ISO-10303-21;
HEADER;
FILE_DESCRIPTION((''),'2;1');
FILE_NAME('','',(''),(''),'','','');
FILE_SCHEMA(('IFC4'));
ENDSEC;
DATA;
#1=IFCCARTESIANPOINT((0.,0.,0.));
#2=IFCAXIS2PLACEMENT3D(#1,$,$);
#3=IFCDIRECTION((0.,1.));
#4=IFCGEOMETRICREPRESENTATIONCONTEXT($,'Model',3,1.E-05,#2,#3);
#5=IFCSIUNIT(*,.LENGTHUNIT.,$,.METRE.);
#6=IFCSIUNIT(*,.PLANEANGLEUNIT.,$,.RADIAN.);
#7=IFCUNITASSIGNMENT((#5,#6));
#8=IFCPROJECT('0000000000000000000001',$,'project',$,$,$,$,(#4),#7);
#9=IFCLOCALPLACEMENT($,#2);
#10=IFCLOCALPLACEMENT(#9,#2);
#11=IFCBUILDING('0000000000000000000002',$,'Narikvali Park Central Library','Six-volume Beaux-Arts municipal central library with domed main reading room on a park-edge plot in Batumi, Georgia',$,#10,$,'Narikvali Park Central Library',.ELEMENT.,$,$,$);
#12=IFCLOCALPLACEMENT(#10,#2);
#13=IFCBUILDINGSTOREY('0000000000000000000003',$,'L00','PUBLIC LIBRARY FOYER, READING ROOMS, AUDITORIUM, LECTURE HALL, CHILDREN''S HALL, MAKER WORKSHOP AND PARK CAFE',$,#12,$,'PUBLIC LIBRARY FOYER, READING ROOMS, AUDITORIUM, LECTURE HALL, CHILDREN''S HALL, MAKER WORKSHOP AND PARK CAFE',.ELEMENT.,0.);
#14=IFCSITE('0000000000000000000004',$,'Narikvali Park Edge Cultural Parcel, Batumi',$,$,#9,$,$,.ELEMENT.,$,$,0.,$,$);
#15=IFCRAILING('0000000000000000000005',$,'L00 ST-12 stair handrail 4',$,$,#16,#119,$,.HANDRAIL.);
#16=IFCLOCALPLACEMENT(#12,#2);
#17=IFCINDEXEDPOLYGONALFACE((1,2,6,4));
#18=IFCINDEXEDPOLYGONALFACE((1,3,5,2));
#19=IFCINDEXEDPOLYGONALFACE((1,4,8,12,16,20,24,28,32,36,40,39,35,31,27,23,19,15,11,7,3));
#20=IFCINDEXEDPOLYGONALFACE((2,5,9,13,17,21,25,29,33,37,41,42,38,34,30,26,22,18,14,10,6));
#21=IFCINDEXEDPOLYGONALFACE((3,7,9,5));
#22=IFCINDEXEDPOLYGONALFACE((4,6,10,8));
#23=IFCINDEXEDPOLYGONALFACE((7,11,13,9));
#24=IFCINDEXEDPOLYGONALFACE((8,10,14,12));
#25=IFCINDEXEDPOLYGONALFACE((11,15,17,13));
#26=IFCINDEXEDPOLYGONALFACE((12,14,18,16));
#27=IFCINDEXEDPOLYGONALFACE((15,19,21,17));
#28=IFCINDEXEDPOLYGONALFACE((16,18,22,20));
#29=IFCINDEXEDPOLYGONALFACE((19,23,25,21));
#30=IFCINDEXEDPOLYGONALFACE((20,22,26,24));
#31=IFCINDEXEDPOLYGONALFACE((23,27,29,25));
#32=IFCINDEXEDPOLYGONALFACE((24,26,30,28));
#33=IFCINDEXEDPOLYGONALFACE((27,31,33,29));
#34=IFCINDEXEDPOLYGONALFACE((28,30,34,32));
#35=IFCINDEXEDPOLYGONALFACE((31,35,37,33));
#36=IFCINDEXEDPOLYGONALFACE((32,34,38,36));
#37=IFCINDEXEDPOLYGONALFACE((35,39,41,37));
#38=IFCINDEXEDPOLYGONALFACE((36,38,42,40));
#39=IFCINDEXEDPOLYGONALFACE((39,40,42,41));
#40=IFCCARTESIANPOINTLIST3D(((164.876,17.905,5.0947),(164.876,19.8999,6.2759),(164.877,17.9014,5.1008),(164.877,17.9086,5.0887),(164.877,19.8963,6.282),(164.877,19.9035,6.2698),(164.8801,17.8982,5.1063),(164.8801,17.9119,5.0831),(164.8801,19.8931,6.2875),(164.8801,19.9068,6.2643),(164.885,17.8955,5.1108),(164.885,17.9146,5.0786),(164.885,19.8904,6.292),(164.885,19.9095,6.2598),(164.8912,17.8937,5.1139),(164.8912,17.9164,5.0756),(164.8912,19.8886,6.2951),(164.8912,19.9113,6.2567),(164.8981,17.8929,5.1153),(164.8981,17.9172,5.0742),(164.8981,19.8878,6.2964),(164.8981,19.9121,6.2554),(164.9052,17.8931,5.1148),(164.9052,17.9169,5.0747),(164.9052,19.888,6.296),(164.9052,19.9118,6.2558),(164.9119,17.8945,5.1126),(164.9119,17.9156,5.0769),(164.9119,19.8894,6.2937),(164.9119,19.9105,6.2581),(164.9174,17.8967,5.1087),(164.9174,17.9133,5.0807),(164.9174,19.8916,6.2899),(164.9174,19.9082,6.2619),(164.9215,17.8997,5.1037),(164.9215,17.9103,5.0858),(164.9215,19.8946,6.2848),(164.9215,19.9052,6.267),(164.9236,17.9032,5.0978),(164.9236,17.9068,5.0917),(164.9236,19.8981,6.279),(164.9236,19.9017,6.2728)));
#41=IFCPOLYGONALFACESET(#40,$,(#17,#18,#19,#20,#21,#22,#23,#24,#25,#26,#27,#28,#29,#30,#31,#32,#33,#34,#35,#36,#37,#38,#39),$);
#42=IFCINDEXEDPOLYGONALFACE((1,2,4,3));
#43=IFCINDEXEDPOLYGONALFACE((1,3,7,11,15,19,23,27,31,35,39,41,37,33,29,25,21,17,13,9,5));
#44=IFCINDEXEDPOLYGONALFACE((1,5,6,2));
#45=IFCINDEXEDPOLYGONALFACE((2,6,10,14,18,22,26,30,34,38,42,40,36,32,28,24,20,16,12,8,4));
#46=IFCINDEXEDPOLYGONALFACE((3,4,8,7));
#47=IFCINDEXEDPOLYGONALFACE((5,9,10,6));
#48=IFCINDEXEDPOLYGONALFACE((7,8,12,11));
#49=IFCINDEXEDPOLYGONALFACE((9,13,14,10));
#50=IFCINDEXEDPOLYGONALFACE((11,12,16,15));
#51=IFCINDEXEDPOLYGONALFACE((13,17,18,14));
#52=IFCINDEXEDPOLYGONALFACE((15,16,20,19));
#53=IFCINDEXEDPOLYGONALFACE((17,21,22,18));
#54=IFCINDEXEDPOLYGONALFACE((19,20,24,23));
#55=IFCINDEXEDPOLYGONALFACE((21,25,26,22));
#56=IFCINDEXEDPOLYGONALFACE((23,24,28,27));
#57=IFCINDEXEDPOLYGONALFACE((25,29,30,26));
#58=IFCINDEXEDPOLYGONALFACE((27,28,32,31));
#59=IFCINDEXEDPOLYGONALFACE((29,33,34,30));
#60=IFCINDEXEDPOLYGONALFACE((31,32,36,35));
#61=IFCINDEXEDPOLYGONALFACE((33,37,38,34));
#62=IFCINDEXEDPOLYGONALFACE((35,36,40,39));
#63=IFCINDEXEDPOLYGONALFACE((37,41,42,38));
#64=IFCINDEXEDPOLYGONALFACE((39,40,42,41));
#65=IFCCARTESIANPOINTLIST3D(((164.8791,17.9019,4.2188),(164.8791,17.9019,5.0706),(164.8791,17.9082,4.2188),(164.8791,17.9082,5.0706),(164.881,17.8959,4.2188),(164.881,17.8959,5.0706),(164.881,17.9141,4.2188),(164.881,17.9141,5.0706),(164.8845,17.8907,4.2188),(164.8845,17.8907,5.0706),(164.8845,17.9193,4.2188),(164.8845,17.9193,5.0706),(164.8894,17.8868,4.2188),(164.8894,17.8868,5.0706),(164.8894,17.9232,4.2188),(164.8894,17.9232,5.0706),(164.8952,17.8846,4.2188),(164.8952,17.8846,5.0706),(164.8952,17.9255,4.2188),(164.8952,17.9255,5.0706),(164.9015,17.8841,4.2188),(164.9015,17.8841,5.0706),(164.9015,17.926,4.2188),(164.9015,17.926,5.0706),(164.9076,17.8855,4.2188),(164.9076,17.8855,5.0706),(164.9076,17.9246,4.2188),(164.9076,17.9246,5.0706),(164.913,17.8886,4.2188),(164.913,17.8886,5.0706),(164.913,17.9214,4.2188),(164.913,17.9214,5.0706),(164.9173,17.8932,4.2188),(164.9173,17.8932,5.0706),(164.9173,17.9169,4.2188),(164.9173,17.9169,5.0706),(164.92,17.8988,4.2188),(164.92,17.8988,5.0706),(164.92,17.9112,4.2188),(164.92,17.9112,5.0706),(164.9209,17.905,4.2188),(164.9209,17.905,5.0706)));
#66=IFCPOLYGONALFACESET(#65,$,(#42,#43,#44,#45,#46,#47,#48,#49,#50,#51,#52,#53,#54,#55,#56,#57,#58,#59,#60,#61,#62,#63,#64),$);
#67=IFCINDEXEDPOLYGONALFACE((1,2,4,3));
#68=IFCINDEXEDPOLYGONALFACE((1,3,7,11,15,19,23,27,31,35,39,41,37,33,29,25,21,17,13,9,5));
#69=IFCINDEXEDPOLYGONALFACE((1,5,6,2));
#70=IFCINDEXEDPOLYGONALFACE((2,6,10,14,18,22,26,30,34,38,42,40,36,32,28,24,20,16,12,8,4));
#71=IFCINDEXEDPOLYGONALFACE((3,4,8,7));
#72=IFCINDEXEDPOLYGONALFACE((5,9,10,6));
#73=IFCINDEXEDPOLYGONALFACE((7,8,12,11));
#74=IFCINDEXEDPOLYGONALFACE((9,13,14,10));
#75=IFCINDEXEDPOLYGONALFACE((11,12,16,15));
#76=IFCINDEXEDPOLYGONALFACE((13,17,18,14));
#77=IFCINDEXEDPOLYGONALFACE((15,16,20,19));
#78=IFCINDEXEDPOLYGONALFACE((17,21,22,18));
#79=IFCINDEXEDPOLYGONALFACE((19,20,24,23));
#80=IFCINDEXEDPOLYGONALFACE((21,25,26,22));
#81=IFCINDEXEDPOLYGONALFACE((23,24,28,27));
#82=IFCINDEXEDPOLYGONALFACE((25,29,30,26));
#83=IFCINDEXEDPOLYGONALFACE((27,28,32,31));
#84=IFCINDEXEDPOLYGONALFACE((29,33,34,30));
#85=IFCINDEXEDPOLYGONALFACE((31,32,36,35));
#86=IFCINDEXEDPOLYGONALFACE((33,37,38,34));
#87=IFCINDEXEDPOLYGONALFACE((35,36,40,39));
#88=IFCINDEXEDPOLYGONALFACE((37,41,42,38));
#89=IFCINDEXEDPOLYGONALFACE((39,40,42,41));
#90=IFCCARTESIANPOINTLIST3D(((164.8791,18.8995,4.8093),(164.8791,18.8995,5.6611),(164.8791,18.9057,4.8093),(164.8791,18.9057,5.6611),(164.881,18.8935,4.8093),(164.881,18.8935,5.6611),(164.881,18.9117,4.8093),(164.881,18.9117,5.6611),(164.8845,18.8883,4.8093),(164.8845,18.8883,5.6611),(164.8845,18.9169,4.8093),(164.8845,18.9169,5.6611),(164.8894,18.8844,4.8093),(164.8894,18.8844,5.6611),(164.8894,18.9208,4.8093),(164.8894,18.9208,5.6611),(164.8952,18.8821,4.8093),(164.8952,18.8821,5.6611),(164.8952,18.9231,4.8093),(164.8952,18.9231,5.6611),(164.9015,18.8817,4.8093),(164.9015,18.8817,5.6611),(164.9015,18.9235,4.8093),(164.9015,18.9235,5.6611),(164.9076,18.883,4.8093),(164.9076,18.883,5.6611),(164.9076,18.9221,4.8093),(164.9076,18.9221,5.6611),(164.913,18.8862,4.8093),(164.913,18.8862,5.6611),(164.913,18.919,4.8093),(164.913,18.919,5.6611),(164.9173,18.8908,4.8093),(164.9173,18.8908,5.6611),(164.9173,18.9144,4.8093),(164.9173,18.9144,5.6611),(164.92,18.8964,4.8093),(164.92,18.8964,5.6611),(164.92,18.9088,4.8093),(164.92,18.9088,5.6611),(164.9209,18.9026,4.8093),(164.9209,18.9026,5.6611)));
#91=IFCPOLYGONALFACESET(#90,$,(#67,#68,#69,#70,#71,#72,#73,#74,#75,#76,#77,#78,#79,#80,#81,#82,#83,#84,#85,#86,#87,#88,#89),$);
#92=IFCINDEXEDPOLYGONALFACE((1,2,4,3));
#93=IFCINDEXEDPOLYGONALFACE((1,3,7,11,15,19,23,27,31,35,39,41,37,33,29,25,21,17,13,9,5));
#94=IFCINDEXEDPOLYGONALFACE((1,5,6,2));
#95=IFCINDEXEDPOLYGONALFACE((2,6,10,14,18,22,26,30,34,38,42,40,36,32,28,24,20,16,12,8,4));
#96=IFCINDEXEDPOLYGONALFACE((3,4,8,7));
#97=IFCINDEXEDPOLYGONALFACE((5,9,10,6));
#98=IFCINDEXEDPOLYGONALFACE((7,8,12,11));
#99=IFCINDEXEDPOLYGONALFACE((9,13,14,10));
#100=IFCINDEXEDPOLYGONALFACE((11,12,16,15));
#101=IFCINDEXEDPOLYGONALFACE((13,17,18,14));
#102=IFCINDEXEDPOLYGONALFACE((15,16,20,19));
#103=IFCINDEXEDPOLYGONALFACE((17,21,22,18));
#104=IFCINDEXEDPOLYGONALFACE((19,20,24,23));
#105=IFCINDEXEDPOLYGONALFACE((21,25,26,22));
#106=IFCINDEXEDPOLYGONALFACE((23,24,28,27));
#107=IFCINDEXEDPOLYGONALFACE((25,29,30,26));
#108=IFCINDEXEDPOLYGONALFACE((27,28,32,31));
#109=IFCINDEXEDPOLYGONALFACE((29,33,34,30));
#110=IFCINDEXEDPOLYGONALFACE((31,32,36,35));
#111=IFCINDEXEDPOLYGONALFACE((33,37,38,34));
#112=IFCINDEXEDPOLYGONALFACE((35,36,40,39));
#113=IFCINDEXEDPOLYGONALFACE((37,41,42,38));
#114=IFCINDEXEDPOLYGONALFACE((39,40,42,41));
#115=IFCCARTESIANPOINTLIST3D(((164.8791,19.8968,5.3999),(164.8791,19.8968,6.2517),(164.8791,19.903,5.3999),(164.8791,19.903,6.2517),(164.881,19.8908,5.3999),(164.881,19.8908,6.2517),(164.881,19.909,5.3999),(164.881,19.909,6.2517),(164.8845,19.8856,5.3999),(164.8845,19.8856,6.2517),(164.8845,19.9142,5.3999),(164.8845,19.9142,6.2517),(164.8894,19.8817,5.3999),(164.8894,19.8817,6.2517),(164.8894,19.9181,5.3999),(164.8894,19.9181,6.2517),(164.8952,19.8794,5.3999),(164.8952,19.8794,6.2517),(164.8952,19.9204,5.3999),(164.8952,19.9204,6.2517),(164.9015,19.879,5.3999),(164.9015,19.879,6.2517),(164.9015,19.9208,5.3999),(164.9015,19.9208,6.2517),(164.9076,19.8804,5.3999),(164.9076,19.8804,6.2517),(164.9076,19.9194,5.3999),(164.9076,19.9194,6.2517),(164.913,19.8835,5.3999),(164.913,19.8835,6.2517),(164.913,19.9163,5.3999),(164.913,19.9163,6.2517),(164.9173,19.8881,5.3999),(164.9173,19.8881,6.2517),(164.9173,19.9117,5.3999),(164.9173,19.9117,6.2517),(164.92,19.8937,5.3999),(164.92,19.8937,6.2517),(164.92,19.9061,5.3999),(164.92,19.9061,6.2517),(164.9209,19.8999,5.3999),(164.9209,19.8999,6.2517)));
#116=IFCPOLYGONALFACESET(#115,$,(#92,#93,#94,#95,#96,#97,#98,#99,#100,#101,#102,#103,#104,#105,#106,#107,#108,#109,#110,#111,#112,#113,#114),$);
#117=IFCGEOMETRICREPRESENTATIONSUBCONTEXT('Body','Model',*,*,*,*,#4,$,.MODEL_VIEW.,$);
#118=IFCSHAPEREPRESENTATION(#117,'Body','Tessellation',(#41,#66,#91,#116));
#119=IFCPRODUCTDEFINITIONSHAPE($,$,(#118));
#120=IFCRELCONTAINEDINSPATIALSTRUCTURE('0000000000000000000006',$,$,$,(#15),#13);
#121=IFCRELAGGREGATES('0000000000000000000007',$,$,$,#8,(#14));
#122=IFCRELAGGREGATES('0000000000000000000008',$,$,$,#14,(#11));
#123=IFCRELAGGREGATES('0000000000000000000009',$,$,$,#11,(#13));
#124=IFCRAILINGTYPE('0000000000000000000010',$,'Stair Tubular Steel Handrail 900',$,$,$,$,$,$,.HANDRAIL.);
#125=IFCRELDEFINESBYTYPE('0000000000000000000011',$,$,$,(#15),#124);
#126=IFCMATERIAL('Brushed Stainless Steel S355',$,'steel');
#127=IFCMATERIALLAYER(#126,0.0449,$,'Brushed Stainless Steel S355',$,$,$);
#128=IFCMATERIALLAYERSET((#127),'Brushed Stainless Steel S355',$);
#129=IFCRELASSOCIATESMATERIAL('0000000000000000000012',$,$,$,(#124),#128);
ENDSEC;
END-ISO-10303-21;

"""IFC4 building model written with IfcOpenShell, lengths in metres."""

from ifc_helpers import new_model, si_unit, direction, frame, origin, origin_2d, place, context, subcontext, project, spatial, circle, extrude, material, layer, layer_set, type_object, element, save


model = new_model("IFC4")

# Units and contexts
model_context = context("Model", 3, precision=1e-05, world=origin(), true_north=direction((0.0, 1.0)))
body_context = subcontext(model_context, "Body", "Model", "MODEL_VIEW")
ifc_project = project(units=[si_unit("LENGTHUNIT", "METRE"), si_unit("PLANEANGLEUNIT", "RADIAN")], contexts=[model_context])

# Site, building, storey
site_placement = place(None, origin())
site = spatial("IfcSite", under=ifc_project, at=site_placement, Name="Narikvali Park Edge Cultural Parcel, Batumi", CompositionType="ELEMENT", RefElevation=0.0)
building_placement = place(site_placement, origin())
building = spatial("IfcBuilding", under=site, at=building_placement, Name="Narikvali Park Central Library", Description="Six-volume Beaux-Arts municipal central library with domed main reading room on a park-edge plot in Batumi, Georgia", LongName="Narikvali Park Central Library", CompositionType="ELEMENT")
storey_placement = place(building_placement, origin())
storey = spatial("IfcBuildingStorey", under=building, at=storey_placement, Name="L00", Description="PUBLIC LIBRARY FOYER, READING ROOMS, AUDITORIUM, LECTURE HALL, CHILDREN'S HALL, MAKER WORKSHOP AND PARK CAFE", LongName="PUBLIC LIBRARY FOYER, READING ROOMS, AUDITORIUM, LECTURE HALL, CHILDREN'S HALL, MAKER WORKSHOP AND PARK CAFE", CompositionType="ELEMENT", Elevation=0.0)

# Railing
ifc_material_1 = material(Name="Brushed Stainless Steel S355", Category="steel")
ifc_layer_1 = layer(ifc_material_1, 0.0449, Name="Brushed Stainless Steel S355")
ifc_layer_set_1 = layer_set([ifc_layer_1], Name="Brushed Stainless Steel S355")
railing_type_1 = type_object("IfcRailingType", Name="Stair Tubular Steel Handrail 900", PredefinedType="HANDRAIL", material=ifc_layer_set_1)
for number, where, name in (
    (1, (164.8999, 17.905, 4.2188), "L00 ST-12 stair handrail 4"),
):
    element("IfcRailing", number, at=place(storey_placement, frame(where)), inside=storey, type_object=railing_type_1, Name=name, PredefinedType="HANDRAIL", context=body_context, shape_type="SweptSolid", body=[
        extrude(circle(Radius=0.0239, at=origin_2d()), frame((0.0, 0.0, 0.876), z_axis=(0.0, 0.86048, 0.509485), x_axis=(-1.0, 0.0, 0.0)), (0.0, 0.0, 1.0), 2.3184),
        extrude(circle(Radius=0.021, at=origin_2d()), origin(), (0.0, 0.0, 1.0), 0.8518),
        extrude(circle(Radius=0.021, at=origin_2d()), frame((0.0, 0.9976, 0.5906)), (0.0, 0.0, 1.0), 0.8518),
        extrude(circle(Radius=0.021, at=origin_2d()), frame((0.0, 1.9949, 1.1812)), (0.0, 0.0, 1.0), 0.8518),
    ])

save(model, "model.ifc")
